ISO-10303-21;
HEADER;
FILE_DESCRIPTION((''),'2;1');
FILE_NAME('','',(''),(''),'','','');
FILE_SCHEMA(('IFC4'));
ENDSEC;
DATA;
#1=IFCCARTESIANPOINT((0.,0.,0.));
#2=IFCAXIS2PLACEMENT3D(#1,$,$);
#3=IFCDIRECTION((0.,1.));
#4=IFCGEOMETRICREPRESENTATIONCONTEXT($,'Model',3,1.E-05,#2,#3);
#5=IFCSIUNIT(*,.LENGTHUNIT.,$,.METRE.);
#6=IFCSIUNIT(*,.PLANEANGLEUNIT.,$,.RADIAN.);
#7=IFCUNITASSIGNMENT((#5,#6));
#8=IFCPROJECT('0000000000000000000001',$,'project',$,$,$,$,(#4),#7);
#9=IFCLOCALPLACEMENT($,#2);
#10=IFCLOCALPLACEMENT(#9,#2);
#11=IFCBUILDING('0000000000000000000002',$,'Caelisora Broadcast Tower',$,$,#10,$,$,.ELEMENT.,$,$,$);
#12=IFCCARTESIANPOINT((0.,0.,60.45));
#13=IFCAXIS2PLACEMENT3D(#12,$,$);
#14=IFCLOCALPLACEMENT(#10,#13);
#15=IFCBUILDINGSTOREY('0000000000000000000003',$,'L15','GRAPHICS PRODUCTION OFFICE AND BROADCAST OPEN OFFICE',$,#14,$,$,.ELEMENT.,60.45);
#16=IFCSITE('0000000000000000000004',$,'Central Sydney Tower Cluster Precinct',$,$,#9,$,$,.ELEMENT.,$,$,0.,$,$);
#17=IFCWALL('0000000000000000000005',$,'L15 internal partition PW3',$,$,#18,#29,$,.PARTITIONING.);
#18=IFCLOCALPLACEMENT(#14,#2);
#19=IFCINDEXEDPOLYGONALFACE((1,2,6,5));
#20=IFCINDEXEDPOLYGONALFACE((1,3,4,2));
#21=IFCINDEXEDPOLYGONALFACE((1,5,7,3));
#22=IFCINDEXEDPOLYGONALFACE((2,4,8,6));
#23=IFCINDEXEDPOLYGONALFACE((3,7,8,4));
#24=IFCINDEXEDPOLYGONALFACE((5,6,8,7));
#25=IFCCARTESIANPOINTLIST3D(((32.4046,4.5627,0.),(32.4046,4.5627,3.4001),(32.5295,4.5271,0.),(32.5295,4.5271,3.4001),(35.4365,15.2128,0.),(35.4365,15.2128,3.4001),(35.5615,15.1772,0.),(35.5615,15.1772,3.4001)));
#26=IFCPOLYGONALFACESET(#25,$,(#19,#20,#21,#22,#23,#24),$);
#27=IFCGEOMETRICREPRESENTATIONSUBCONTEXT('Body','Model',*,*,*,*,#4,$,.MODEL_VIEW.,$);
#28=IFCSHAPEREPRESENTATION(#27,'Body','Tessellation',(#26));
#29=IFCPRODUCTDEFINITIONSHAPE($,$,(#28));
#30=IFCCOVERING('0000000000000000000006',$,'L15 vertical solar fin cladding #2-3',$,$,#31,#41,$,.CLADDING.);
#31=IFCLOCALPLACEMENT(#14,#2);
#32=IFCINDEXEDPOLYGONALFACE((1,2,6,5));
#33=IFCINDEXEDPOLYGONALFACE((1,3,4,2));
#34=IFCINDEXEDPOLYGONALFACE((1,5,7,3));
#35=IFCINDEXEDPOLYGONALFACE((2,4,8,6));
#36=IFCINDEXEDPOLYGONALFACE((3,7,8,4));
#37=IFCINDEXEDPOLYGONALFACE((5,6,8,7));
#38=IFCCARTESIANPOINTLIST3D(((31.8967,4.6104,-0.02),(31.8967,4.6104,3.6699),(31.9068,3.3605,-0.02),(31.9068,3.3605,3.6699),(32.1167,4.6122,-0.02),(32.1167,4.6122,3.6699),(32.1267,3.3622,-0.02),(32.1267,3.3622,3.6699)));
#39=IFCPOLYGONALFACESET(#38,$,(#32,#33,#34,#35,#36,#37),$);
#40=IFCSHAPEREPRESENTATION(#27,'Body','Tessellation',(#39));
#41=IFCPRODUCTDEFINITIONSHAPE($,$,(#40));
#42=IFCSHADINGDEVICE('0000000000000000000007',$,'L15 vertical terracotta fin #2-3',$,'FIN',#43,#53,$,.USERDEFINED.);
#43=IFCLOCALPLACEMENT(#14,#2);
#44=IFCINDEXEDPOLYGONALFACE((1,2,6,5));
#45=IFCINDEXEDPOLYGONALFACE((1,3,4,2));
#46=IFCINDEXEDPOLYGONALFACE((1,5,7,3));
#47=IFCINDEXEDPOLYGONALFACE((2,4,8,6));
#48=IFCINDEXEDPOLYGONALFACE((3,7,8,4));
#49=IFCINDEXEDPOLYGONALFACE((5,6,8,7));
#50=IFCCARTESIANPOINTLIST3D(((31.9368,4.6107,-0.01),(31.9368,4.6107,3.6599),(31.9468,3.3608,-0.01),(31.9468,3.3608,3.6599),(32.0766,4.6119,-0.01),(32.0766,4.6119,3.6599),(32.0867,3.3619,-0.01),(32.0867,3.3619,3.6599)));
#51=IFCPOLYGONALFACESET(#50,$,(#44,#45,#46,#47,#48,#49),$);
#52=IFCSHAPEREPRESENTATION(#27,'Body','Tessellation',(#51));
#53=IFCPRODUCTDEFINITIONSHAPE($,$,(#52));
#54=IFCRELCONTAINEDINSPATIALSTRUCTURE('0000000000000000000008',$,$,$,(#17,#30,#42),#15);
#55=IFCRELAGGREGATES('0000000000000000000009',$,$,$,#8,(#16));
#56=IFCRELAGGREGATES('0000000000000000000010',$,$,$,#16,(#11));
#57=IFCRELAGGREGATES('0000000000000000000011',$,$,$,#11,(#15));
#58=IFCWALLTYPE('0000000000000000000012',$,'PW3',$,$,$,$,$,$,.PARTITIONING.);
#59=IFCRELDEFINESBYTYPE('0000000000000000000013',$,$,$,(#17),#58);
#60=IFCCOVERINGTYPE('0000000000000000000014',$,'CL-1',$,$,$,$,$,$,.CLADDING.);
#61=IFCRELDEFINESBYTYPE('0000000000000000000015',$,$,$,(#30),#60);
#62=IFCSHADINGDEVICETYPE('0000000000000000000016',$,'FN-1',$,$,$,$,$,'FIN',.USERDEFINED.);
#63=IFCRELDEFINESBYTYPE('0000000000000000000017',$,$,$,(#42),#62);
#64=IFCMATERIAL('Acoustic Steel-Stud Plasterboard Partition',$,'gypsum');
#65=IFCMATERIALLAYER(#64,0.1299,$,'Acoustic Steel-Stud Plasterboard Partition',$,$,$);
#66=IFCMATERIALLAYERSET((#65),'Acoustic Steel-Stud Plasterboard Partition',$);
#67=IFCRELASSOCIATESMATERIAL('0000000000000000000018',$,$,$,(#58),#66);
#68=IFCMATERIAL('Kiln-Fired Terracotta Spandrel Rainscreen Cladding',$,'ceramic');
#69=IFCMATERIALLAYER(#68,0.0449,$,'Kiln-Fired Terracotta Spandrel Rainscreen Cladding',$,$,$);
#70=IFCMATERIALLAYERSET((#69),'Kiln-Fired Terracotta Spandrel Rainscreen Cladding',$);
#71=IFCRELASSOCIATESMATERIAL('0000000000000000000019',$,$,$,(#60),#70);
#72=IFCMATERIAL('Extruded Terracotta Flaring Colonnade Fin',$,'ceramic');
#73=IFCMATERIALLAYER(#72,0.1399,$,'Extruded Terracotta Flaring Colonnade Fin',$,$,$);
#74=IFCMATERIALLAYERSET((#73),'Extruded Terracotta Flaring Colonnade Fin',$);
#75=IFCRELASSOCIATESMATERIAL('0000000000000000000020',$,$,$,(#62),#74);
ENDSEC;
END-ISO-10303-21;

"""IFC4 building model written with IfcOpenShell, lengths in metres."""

from ifc_helpers import new_model, si_unit, direction, frame, frame_2d, origin, origin_2d, place, context, subcontext, project, spatial, rectangle, extrude, source, transform, mapped, material, layer, layer_set, type_object, type_shapes, element, save


model = new_model("IFC4")

# Units and contexts
model_context = context("Model", 3, precision=1e-05, world=origin(), true_north=direction((0.0, 1.0)))
body_context = subcontext(model_context, "Body", "Model", "MODEL_VIEW")
ifc_project = project(units=[si_unit("LENGTHUNIT", "METRE"), si_unit("PLANEANGLEUNIT", "RADIAN")], contexts=[model_context])

# Site, building, storey
site_placement = place(None, origin())
site = spatial("IfcSite", under=ifc_project, at=site_placement, Name="Central Sydney Tower Cluster Precinct", CompositionType="ELEMENT", RefElevation=0.0)
building_placement = place(site_placement, origin())
building = spatial("IfcBuilding", under=site, at=building_placement, Name="Caelisora Broadcast Tower", CompositionType="ELEMENT")
storey_placement = place(building_placement, frame((0.0, 0.0, 60.45)))
storey = spatial("IfcBuildingStorey", under=building, at=storey_placement, Name="L15", Description="GRAPHICS PRODUCTION OFFICE AND BROADCAST OPEN OFFICE", CompositionType="ELEMENT", Elevation=60.45)

# Wall
ifc_material_1 = material(Name="Acoustic Steel-Stud Plasterboard Partition", Category="gypsum")
ifc_layer_1 = layer(ifc_material_1, 0.1299, Name="Acoustic Steel-Stud Plasterboard Partition")
ifc_layer_set_1 = layer_set([ifc_layer_1], Name="Acoustic Steel-Stud Plasterboard Partition")
wall_type = type_object("IfcWallType", Name="PW3", PredefinedType="PARTITIONING", material=ifc_layer_set_1)
wall_1_placement = place(storey_placement, frame((32.467, 4.5449, 0.0), z_axis=(0.0, 0.0, 1.0), x_axis=(0.27381, 0.961784, 0.0)))
element("IfcWall", 1, at=wall_1_placement, inside=storey, type_object=wall_type, Name="L15 internal partition PW3", PredefinedType="PARTITIONING", context=body_context, shape_type="SweptSolid", body=[
    extrude(rectangle(XDim=11.0732, YDim=0.1299, at=frame_2d((5.5366, 0.0))), origin(), (0.0, 0.0, 1.0), 3.4001),
])

# Covering
ifc_material_2 = material(Name="Kiln-Fired Terracotta Spandrel Rainscreen Cladding", Category="ceramic")
ifc_layer_2 = layer(ifc_material_2, 0.0449, Name="Kiln-Fired Terracotta Spandrel Rainscreen Cladding")
ifc_layer_set_2 = layer_set([ifc_layer_2], Name="Kiln-Fired Terracotta Spandrel Rainscreen Cladding")
covering_type = type_object("IfcCoveringType", Name="CL-1", PredefinedType="CLADDING", material=ifc_layer_set_2)
shared_shape_1 = source(origin(), body_context, "Body", "SweptSolid", [
    extrude(rectangle(XDim=0.22, YDim=1.25, at=origin_2d()), origin(), (0.0, 0.0, 1.0), 3.6899),
])
type_shapes(covering_type, [shared_shape_1])
covering_placement = place(storey_placement, frame((32.0117, 3.9863, -0.02), z_axis=(0.0, 0.0, 1.0), x_axis=(-0.999968, -0.008028, 0.0)))
element("IfcCovering", 2, at=covering_placement, inside=storey, type_object=covering_type, Name="L15 vertical solar fin cladding #2-3", PredefinedType="CLADDING", context=body_context, shape_type="MappedRepresentation", body=[
    mapped(shared_shape_1, transform((0.0, 0.0, 0.0), scale=1.0)),
])

# Shading device
ifc_material_3 = material(Name="Extruded Terracotta Flaring Colonnade Fin", Category="ceramic")
ifc_layer_3 = layer(ifc_material_3, 0.1399, Name="Extruded Terracotta Flaring Colonnade Fin")
ifc_layer_set_3 = layer_set([ifc_layer_3], Name="Extruded Terracotta Flaring Colonnade Fin")
shading_device_type = type_object("IfcShadingDeviceType", Name="FN-1", ElementType="FIN", PredefinedType="USERDEFINED", material=ifc_layer_set_3)
shared_shape_2 = source(origin(), body_context, "Body", "SweptSolid", [
    extrude(rectangle(XDim=0.1399, YDim=1.25, at=origin_2d()), origin(), (0.0, 0.0, 1.0), 3.6699),
])
type_shapes(shading_device_type, [shared_shape_2])
shading_device_placement = place(storey_placement, frame((32.0117, 3.9863, -0.01), z_axis=(0.0, 0.0, 1.0), x_axis=(-0.999968, -0.008028, 0.0)))
element("IfcShadingDevice", 3, at=shading_device_placement, inside=storey, type_object=shading_device_type, Name="L15 vertical terracotta fin #2-3", ObjectType="FIN", PredefinedType="USERDEFINED", context=body_context, shape_type="MappedRepresentation", body=[
    mapped(shared_shape_2, transform((0.0, 0.0, 0.0), scale=1.0)),
])

save(model, "model.ifc")
